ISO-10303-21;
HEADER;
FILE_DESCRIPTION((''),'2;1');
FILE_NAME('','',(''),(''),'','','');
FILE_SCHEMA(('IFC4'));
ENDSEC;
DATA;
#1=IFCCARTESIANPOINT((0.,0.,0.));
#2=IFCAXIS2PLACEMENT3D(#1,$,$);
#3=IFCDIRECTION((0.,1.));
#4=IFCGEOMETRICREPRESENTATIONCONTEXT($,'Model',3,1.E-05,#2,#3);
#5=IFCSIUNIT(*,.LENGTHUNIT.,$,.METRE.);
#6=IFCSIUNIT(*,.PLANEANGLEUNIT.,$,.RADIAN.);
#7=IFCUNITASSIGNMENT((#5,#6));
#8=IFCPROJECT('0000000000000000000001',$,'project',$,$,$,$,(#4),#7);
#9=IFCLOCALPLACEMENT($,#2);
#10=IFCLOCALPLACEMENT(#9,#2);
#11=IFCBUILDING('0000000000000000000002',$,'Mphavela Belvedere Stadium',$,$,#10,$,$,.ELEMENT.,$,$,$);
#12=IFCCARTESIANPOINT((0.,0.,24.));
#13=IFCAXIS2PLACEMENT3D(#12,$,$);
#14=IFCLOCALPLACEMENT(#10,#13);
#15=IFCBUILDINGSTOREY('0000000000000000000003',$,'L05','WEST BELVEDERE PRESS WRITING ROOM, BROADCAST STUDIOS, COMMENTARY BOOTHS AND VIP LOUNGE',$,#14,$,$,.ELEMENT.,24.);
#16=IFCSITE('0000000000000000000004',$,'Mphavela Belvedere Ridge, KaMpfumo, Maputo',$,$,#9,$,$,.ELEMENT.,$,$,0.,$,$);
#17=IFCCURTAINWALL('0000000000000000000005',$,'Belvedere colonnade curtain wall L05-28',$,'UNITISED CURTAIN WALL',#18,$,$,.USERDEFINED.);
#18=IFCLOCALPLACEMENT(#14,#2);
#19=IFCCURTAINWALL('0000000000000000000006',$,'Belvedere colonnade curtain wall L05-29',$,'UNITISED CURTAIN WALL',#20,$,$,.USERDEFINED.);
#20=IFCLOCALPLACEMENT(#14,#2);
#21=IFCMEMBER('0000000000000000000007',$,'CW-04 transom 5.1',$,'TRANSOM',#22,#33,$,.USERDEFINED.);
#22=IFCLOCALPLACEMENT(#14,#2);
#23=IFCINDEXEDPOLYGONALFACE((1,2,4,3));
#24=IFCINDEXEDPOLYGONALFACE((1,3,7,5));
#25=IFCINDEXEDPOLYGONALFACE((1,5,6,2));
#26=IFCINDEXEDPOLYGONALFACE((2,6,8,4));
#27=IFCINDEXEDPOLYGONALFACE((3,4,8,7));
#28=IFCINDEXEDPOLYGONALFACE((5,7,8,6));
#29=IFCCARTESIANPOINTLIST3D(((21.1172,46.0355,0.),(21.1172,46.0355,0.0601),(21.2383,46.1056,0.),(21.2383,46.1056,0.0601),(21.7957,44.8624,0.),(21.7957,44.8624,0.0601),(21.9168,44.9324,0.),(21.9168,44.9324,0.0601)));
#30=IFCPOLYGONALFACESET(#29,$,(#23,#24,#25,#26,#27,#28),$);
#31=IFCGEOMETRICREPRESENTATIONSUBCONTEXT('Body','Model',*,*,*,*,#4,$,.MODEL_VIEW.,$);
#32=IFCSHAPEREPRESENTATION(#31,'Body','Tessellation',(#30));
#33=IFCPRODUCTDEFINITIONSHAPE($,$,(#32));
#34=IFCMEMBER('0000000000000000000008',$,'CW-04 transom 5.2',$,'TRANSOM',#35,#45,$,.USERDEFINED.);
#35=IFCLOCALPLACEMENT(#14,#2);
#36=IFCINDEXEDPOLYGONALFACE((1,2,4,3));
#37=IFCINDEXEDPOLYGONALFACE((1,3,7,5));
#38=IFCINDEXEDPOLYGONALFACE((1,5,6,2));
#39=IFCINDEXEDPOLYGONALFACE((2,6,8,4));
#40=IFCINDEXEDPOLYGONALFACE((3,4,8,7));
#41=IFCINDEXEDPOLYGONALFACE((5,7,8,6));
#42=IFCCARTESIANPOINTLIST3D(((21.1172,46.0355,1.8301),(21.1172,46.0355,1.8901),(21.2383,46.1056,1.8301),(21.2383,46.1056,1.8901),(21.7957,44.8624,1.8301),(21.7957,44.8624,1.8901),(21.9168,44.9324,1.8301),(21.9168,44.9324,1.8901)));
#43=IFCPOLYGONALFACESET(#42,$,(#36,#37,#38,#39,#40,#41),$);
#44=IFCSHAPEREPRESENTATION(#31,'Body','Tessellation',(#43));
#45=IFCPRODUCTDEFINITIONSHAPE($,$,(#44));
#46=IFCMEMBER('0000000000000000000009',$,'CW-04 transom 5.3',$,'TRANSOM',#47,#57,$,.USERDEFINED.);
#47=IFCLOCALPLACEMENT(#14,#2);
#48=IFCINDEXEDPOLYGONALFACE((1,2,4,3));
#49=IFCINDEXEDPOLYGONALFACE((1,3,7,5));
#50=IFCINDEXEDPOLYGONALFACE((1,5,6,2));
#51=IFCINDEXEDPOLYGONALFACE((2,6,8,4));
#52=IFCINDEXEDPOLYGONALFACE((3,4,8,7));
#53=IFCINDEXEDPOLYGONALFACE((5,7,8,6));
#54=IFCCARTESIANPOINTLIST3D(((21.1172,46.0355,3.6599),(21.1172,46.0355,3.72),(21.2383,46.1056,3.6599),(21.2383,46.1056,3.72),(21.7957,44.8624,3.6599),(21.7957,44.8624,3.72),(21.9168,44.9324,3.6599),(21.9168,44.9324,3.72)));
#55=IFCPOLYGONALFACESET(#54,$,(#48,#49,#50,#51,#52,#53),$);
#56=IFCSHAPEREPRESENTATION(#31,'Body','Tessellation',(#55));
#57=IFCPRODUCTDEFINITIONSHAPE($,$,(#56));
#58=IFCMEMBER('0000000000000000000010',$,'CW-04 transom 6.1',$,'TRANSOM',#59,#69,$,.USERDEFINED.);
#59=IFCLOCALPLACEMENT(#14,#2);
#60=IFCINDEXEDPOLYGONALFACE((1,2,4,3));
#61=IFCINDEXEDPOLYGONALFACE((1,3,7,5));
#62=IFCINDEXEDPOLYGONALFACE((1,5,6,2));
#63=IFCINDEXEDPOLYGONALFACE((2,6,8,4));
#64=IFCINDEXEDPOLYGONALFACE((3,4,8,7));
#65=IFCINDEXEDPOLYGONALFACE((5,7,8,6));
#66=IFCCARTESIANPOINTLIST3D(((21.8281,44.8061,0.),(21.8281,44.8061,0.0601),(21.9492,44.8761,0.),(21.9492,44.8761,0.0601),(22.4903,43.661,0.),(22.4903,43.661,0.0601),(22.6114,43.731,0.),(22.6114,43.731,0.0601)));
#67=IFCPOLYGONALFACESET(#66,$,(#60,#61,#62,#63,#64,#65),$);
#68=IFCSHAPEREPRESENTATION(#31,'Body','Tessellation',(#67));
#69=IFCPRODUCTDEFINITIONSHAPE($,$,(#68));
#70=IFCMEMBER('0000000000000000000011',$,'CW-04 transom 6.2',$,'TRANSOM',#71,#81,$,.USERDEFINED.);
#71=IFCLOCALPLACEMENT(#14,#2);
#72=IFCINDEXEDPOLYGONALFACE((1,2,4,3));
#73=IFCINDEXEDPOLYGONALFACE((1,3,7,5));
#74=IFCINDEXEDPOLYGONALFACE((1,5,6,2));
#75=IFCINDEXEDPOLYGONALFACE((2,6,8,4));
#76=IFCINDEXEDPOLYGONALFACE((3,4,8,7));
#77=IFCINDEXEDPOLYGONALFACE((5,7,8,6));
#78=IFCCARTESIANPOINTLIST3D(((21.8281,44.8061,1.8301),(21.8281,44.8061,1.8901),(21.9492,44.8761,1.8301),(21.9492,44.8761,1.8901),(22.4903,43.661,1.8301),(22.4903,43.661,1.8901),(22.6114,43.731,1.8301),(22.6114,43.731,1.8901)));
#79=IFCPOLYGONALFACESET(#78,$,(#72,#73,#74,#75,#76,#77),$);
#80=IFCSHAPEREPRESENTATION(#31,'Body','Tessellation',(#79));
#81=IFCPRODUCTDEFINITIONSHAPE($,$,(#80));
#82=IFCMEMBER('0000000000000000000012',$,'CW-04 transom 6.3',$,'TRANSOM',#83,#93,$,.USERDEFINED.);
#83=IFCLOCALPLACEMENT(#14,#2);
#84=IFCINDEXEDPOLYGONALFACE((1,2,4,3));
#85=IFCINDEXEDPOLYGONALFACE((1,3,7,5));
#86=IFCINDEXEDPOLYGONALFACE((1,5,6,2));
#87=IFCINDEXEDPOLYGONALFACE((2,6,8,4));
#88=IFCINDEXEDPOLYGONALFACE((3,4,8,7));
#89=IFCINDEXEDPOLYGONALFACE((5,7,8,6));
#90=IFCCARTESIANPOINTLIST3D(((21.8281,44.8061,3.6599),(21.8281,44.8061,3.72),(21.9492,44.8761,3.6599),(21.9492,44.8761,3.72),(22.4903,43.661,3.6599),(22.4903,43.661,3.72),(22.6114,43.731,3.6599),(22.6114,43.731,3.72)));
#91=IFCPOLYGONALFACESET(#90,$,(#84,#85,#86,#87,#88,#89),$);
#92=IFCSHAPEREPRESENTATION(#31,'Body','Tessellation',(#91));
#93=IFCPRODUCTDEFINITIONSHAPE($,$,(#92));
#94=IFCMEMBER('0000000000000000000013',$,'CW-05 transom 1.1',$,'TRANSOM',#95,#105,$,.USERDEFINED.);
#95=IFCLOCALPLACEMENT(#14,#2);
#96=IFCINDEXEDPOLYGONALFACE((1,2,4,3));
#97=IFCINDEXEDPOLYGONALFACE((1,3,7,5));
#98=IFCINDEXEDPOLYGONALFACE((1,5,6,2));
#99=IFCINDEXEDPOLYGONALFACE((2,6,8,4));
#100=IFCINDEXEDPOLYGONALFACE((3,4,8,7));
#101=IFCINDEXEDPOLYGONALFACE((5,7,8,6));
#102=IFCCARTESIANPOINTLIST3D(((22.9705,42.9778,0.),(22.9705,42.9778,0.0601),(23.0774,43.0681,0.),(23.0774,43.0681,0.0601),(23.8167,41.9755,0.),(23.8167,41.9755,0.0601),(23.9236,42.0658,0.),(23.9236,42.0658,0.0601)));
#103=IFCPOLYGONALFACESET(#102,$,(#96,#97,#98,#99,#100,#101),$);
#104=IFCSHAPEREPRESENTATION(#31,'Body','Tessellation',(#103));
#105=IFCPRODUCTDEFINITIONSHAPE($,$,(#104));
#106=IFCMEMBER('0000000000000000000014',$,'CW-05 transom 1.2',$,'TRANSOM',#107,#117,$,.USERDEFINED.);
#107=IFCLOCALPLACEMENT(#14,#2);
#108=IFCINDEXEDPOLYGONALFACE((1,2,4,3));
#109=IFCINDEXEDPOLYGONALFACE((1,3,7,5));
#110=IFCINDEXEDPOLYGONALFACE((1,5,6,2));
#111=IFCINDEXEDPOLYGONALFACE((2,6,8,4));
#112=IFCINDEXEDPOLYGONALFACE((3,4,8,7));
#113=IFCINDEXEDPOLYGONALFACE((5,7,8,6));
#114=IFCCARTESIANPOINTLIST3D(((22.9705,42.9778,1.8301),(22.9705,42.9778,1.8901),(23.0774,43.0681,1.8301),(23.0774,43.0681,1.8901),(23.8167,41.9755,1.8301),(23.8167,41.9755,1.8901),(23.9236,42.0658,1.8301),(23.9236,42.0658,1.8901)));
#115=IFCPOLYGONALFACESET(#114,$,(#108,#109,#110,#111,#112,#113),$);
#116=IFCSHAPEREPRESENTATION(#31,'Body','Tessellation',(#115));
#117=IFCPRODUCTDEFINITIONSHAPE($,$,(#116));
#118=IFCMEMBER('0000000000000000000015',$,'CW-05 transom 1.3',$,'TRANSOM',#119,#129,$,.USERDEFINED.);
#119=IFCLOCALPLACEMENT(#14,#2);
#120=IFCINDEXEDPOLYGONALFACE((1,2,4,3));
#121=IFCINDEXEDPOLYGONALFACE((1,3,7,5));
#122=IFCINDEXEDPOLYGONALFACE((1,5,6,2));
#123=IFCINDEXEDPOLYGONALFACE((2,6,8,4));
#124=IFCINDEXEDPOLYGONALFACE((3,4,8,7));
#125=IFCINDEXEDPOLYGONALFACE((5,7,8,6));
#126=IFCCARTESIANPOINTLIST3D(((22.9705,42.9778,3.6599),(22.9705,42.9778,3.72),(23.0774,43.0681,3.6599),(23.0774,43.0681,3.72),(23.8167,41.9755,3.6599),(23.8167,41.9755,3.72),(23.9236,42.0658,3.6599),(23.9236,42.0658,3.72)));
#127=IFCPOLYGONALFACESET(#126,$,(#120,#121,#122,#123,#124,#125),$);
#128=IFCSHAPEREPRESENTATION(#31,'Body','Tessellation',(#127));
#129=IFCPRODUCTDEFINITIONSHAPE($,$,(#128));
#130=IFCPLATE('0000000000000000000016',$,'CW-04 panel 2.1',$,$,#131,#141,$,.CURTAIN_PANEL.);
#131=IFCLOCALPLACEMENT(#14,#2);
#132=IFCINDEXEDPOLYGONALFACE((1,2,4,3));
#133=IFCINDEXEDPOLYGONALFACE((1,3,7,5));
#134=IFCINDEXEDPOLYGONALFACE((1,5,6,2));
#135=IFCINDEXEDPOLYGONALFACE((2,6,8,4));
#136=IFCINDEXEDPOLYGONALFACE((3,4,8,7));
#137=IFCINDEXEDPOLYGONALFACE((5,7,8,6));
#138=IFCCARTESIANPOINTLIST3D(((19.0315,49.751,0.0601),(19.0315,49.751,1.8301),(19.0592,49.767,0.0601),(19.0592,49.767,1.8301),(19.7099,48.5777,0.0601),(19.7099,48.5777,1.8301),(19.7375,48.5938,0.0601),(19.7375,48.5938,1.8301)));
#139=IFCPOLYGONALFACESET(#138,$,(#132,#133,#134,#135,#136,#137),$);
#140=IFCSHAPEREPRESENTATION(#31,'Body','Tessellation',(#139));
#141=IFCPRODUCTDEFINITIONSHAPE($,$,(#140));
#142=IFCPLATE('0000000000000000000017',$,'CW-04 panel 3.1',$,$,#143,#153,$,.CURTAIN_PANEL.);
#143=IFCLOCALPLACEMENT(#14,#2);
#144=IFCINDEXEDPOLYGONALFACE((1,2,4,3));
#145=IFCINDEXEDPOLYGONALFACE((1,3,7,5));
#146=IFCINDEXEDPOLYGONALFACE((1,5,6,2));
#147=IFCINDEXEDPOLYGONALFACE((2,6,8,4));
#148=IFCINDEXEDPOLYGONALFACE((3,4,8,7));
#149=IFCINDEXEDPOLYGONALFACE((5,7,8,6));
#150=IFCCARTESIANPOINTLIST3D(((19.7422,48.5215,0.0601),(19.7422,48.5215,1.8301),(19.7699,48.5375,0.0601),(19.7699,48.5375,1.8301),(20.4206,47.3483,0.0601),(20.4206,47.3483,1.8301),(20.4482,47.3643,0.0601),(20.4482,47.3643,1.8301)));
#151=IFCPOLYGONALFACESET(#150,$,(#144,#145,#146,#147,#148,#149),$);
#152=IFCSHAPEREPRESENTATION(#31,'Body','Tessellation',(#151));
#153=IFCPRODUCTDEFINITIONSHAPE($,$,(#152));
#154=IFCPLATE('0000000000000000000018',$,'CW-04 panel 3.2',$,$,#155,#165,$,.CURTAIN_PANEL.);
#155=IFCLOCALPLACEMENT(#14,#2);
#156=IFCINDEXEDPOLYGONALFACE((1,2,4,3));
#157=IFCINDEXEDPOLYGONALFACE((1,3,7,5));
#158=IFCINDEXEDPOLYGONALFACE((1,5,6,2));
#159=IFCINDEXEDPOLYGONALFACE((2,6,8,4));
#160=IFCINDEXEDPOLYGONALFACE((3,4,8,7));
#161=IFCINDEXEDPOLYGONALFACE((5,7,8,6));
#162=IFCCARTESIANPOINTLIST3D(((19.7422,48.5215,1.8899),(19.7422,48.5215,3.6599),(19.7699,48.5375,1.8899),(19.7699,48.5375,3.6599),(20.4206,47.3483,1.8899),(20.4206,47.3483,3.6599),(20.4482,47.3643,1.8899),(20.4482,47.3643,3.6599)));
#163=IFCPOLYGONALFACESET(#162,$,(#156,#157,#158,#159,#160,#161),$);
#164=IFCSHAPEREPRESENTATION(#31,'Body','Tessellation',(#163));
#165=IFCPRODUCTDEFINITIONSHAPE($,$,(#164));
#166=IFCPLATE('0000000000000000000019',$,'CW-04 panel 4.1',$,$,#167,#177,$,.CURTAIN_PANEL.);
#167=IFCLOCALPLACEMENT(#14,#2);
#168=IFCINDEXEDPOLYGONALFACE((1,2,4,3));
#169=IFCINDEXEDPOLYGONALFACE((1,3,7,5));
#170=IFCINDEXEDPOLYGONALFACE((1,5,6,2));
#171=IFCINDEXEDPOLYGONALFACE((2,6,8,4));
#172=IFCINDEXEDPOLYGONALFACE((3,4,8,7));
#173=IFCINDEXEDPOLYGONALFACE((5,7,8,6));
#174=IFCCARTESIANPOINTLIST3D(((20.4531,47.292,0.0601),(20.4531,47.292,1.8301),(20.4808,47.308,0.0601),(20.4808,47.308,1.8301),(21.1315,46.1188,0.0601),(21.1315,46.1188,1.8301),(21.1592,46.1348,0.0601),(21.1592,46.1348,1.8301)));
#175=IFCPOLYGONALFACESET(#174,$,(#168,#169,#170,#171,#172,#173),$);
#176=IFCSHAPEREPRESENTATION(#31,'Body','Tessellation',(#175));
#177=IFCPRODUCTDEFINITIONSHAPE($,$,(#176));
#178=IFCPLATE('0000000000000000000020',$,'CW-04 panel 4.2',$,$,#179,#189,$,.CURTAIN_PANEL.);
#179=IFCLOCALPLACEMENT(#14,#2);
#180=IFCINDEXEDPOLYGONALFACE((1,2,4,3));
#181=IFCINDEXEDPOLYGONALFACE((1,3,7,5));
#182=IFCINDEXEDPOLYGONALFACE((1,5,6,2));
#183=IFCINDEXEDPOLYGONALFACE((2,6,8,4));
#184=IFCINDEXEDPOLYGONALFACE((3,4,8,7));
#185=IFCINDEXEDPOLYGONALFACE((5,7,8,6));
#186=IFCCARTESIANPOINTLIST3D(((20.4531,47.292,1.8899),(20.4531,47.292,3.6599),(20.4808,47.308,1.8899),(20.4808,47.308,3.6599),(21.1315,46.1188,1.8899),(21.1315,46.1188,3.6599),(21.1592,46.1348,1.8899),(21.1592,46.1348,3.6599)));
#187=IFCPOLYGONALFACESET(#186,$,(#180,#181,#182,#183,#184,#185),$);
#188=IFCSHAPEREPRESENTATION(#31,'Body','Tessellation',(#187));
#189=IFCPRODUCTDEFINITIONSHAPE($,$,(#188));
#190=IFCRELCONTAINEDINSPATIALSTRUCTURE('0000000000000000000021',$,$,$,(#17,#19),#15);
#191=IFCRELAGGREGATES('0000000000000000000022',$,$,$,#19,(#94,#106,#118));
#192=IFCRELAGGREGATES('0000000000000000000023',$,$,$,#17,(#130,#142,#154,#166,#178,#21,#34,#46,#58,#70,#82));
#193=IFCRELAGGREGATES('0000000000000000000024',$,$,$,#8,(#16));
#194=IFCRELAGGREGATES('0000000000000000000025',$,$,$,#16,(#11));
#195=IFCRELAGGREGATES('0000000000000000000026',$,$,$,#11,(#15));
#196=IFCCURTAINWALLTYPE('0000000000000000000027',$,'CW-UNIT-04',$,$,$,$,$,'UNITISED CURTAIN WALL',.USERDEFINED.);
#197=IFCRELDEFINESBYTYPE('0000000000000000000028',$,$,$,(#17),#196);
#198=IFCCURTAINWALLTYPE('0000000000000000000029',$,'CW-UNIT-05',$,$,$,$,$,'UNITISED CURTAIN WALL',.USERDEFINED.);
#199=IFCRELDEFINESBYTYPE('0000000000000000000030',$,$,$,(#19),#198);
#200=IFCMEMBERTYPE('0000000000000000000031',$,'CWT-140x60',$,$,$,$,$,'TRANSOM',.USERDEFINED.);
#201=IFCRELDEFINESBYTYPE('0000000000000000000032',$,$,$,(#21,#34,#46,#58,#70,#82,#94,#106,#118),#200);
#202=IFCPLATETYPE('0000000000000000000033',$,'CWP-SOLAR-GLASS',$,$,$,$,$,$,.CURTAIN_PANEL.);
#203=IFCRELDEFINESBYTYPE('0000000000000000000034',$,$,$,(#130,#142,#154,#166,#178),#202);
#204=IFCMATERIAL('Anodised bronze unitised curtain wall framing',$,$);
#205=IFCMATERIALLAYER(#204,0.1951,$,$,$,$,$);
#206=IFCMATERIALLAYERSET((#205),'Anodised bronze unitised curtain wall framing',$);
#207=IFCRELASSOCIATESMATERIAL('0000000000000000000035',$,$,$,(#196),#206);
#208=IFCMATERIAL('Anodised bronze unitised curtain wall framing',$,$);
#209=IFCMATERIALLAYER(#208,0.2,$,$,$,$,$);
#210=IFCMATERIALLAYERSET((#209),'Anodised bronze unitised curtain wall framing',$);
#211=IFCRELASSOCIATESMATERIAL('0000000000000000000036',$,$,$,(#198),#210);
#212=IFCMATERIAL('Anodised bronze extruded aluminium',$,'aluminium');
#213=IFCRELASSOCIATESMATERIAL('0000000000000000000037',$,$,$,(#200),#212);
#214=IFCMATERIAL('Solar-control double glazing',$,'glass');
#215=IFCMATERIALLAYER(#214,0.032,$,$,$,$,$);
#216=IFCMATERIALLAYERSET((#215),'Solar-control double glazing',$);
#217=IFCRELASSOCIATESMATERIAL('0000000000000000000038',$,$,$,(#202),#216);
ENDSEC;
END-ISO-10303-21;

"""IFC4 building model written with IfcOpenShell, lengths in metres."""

from ifc_helpers import new_model, si_unit, direction, frame, origin, origin_2d, place, context, subcontext, project, spatial, rectangle, extrude, material, layer, layer_set, material_profile, profile_set, type_object, element, aggregate, save


model = new_model("IFC4")

# Units and contexts
model_context = context("Model", 3, precision=1e-05, world=origin(), true_north=direction((0.0, 1.0)))
body_context = subcontext(model_context, "Body", "Model", "MODEL_VIEW")
ifc_project = project(units=[si_unit("LENGTHUNIT", "METRE"), si_unit("PLANEANGLEUNIT", "RADIAN")], contexts=[model_context])

# Site, building, storey
site_placement = place(None, origin())
site = spatial("IfcSite", under=ifc_project, at=site_placement, Name="Mphavela Belvedere Ridge, KaMpfumo, Maputo", CompositionType="ELEMENT", RefElevation=0.0)
building_placement = place(site_placement, origin())
building = spatial("IfcBuilding", under=site, at=building_placement, Name="Mphavela Belvedere Stadium", CompositionType="ELEMENT")
storey_placement = place(building_placement, frame((0.0, 0.0, 24.0)))
storey = spatial("IfcBuildingStorey", under=building, at=storey_placement, Name="L05", Description="WEST BELVEDERE PRESS WRITING ROOM, BROADCAST STUDIOS, COMMENTARY BOOTHS AND VIP LOUNGE", CompositionType="ELEMENT", Elevation=24.0)

# Curtain wall
ifc_material_1 = material(Name="Anodised bronze unitised curtain wall framing")
ifc_layer_1 = layer(ifc_material_1, 0.1951)
ifc_layer_set_1 = layer_set([ifc_layer_1], Name="Anodised bronze unitised curtain wall framing")
curtain_wall_type_1 = type_object("IfcCurtainWallType", Name="CW-UNIT-04", ElementType="UNITISED CURTAIN WALL", PredefinedType="USERDEFINED", material=ifc_layer_set_1)
curtain_wall_1_placement = place(storey_placement, origin())
curtain_wall_1 = element("IfcCurtainWall", 1, at=curtain_wall_1_placement, inside=storey, type_object=curtain_wall_type_1, Name="Belvedere colonnade curtain wall L05-28", ObjectType="UNITISED CURTAIN WALL", PredefinedType="USERDEFINED")

# Curtain wall
ifc_material_2 = material(Name="Anodised bronze unitised curtain wall framing")
ifc_layer_2 = layer(ifc_material_2, 0.2)
ifc_layer_set_2 = layer_set([ifc_layer_2], Name="Anodised bronze unitised curtain wall framing")
curtain_wall_type_2 = type_object("IfcCurtainWallType", Name="CW-UNIT-05", ElementType="UNITISED CURTAIN WALL", PredefinedType="USERDEFINED", material=ifc_layer_set_2)
curtain_wall_2_placement = place(storey_placement, origin())
curtain_wall_2 = element("IfcCurtainWall", 2, at=curtain_wall_2_placement, inside=storey, type_object=curtain_wall_type_2, Name="Belvedere colonnade curtain wall L05-29", ObjectType="UNITISED CURTAIN WALL", PredefinedType="USERDEFINED")

# Members
ifc_material_3 = material(Name="Anodised bronze extruded aluminium", Category="aluminium")
ifc_material_profile_1 = material_profile(ifc_material_3, rectangle(XDim=0.1399, YDim=0.0601, at=origin_2d()), Name="CW-TRN 140x60")
ifc_profile_set_1 = profile_set([ifc_material_profile_1], Name="Anodised bronze extruded aluminium")
member_type_1 = type_object("IfcMemberType", Name="CWT-140x60", ElementType="TRANSOM", PredefinedType="USERDEFINED", material=ifc_profile_set_1)
member_1_placement = place(storey_placement, frame((21.1777, 46.0706, 0.03), z_axis=(0.500653, -0.865648, 0.0), x_axis=(0.865648, 0.500653, 0.0)))
member_1 = element("IfcMember", 3, at=member_1_placement, type_object=member_type_1, Name="CW-04 transom 5.1", ObjectType="TRANSOM", PredefinedType="USERDEFINED", context=body_context, shape_type="SweptSolid", body=[
    extrude(rectangle(XDim=0.1399, YDim=0.0601, at=origin_2d()), origin(), (0.0, 0.0, 1.0), 1.3552),
])
member_2_placement = place(storey_placement, frame((21.1777, 46.0706, 1.8601), z_axis=(0.500653, -0.865648, 0.0), x_axis=(0.865648, 0.500653, 0.0)))
member_2 = element("IfcMember", 4, at=member_2_placement, type_object=member_type_1, Name="CW-04 transom 5.2", ObjectType="TRANSOM", PredefinedType="USERDEFINED", context=body_context, shape_type="SweptSolid", body=[
    extrude(rectangle(XDim=0.1399, YDim=0.0601, at=origin_2d()), origin(), (0.0, 0.0, 1.0), 1.3552),
])
member_3_placement = place(storey_placement, frame((21.1777, 46.0706, 3.6899), z_axis=(0.500653, -0.865648, 0.0), x_axis=(0.865648, 0.500653, 0.0)))
member_3 = element("IfcMember", 5, at=member_3_placement, type_object=member_type_1, Name="CW-04 transom 5.3", ObjectType="TRANSOM", PredefinedType="USERDEFINED", context=body_context, shape_type="SweptSolid", body=[
    extrude(rectangle(XDim=0.1399, YDim=0.0601, at=origin_2d()), origin(), (0.0, 0.0, 1.0), 1.3552),
])
member_4_placement = place(storey_placement, frame((21.8887, 44.8411, 0.03), z_axis=(0.500585, -0.865687, 0.0), x_axis=(0.865687, 0.500585, 0.0)))
member_4 = element("IfcMember", 6, at=member_4_placement, type_object=member_type_1, Name="CW-04 transom 6.1", ObjectType="TRANSOM", PredefinedType="USERDEFINED", context=body_context, shape_type="SweptSolid", body=[
    extrude(rectangle(XDim=0.1399, YDim=0.0601, at=origin_2d()), origin(), (0.0, 0.0, 1.0), 1.3228),
])
member_5_placement = place(storey_placement, frame((21.8887, 44.8411, 1.8601), z_axis=(0.500585, -0.865687, 0.0), x_axis=(0.865687, 0.500585, 0.0)))
member_5 = element("IfcMember", 7, at=member_5_placement, type_object=member_type_1, Name="CW-04 transom 6.2", ObjectType="TRANSOM", PredefinedType="USERDEFINED", context=body_context, shape_type="SweptSolid", body=[
    extrude(rectangle(XDim=0.1399, YDim=0.0601, at=origin_2d()), origin(), (0.0, 0.0, 1.0), 1.3228),
])
member_6_placement = place(storey_placement, frame((21.8887, 44.8411, 3.6899), z_axis=(0.500585, -0.865687, 0.0), x_axis=(0.865687, 0.500585, 0.0)))
member_6 = element("IfcMember", 8, at=member_6_placement, type_object=member_type_1, Name="CW-04 transom 6.3", ObjectType="TRANSOM", PredefinedType="USERDEFINED", context=body_context, shape_type="SweptSolid", body=[
    extrude(rectangle(XDim=0.1399, YDim=0.0601, at=origin_2d()), origin(), (0.0, 0.0, 1.0), 1.3228),
])
member_7_placement = place(storey_placement, frame((23.0239, 43.0229, 0.03), z_axis=(0.645133, -0.764071, 0.0), x_axis=(0.764071, 0.645133, 0.0)))
member_7 = element("IfcMember", 9, at=member_7_placement, type_object=member_type_1, Name="CW-05 transom 1.1", ObjectType="TRANSOM", PredefinedType="USERDEFINED", context=body_context, shape_type="SweptSolid", body=[
    extrude(rectangle(XDim=0.1399, YDim=0.0601, at=origin_2d()), origin(), (0.0, 0.0, 1.0), 1.3118),
])
member_8_placement = place(storey_placement, frame((23.0239, 43.0229, 1.8601), z_axis=(0.645133, -0.764071, 0.0), x_axis=(0.764071, 0.645133, 0.0)))
member_8 = element("IfcMember", 10, at=member_8_placement, type_object=member_type_1, Name="CW-05 transom 1.2", ObjectType="TRANSOM", PredefinedType="USERDEFINED", context=body_context, shape_type="SweptSolid", body=[
    extrude(rectangle(XDim=0.1399, YDim=0.0601, at=origin_2d()), origin(), (0.0, 0.0, 1.0), 1.3118),
])
member_9_placement = place(storey_placement, frame((23.0239, 43.0229, 3.6899), z_axis=(0.645133, -0.764071, 0.0), x_axis=(0.764071, 0.645133, 0.0)))
member_9 = element("IfcMember", 11, at=member_9_placement, type_object=member_type_1, Name="CW-05 transom 1.3", ObjectType="TRANSOM", PredefinedType="USERDEFINED", context=body_context, shape_type="SweptSolid", body=[
    extrude(rectangle(XDim=0.1399, YDim=0.0601, at=origin_2d()), origin(), (0.0, 0.0, 1.0), 1.3118),
])
aggregate(curtain_wall_2, [member_7, member_8, member_9])

# Plates
ifc_material_4 = material(Name="Solar-control double glazing", Category="glass")
ifc_layer_3 = layer(ifc_material_4, 0.032)
ifc_layer_set_3 = layer_set([ifc_layer_3], Name="Solar-control double glazing")
plate_type = type_object("IfcPlateType", Name="CWP-SOLAR-GLASS", PredefinedType="CURTAIN_PANEL", material=ifc_layer_set_3)
plate_1_placement = place(storey_placement, frame((19.3845, 49.1724, 0.0601), z_axis=(0.0, 0.0, 1.0), x_axis=(0.500556, -0.865704, 0.0)))
plate_1 = element("IfcPlate", 12, at=plate_1_placement, type_object=plate_type, Name="CW-04 panel 2.1", PredefinedType="CURTAIN_PANEL", context=body_context, shape_type="SweptSolid", body=[
    extrude(rectangle(XDim=1.3552, YDim=0.032, at=origin_2d()), origin(), (0.0, 0.0, 1.0), 1.77),
])
plate_2_placement = place(storey_placement, frame((20.0952, 47.9429, 0.0601), z_axis=(0.0, 0.0, 1.0), x_axis=(0.500556, -0.865704, 0.0)))
plate_2 = element("IfcPlate", 13, at=plate_2_placement, type_object=plate_type, Name="CW-04 panel 3.1", PredefinedType="CURTAIN_PANEL", context=body_context, shape_type="SweptSolid", body=[
    extrude(rectangle(XDim=1.3552, YDim=0.032, at=origin_2d()), origin(), (0.0, 0.0, 1.0), 1.77),
])
plate_3_placement = place(storey_placement, frame((20.0952, 47.9429, 1.8899), z_axis=(0.0, 0.0, 1.0), x_axis=(0.500556, -0.865704, 0.0)))
plate_3 = element("IfcPlate", 14, at=plate_3_placement, type_object=plate_type, Name="CW-04 panel 3.2", PredefinedType="CURTAIN_PANEL", context=body_context, shape_type="SweptSolid", body=[
    extrude(rectangle(XDim=1.3552, YDim=0.032, at=origin_2d()), origin(), (0.0, 0.0, 1.0), 1.77),
])
plate_4_placement = place(storey_placement, frame((20.8062, 46.7134, 0.0601), z_axis=(0.0, 0.0, 1.0), x_axis=(0.500556, -0.865704, 0.0)))
plate_4 = element("IfcPlate", 15, at=plate_4_placement, type_object=plate_type, Name="CW-04 panel 4.1", PredefinedType="CURTAIN_PANEL", context=body_context, shape_type="SweptSolid", body=[
    extrude(rectangle(XDim=1.3552, YDim=0.032, at=origin_2d()), origin(), (0.0, 0.0, 1.0), 1.77),
])
plate_5_placement = place(storey_placement, frame((20.8062, 46.7134, 1.8899), z_axis=(0.0, 0.0, 1.0), x_axis=(0.500556, -0.865704, 0.0)))
plate_5 = element("IfcPlate", 16, at=plate_5_placement, type_object=plate_type, Name="CW-04 panel 4.2", PredefinedType="CURTAIN_PANEL", context=body_context, shape_type="SweptSolid", body=[
    extrude(rectangle(XDim=1.3552, YDim=0.032, at=origin_2d()), origin(), (0.0, 0.0, 1.0), 1.77),
])
aggregate(curtain_wall_1, [plate_1, plate_2, plate_3, plate_4, plate_5, member_1, member_2, member_3, member_4, member_5, member_6])

save(model, "model.ifc")
